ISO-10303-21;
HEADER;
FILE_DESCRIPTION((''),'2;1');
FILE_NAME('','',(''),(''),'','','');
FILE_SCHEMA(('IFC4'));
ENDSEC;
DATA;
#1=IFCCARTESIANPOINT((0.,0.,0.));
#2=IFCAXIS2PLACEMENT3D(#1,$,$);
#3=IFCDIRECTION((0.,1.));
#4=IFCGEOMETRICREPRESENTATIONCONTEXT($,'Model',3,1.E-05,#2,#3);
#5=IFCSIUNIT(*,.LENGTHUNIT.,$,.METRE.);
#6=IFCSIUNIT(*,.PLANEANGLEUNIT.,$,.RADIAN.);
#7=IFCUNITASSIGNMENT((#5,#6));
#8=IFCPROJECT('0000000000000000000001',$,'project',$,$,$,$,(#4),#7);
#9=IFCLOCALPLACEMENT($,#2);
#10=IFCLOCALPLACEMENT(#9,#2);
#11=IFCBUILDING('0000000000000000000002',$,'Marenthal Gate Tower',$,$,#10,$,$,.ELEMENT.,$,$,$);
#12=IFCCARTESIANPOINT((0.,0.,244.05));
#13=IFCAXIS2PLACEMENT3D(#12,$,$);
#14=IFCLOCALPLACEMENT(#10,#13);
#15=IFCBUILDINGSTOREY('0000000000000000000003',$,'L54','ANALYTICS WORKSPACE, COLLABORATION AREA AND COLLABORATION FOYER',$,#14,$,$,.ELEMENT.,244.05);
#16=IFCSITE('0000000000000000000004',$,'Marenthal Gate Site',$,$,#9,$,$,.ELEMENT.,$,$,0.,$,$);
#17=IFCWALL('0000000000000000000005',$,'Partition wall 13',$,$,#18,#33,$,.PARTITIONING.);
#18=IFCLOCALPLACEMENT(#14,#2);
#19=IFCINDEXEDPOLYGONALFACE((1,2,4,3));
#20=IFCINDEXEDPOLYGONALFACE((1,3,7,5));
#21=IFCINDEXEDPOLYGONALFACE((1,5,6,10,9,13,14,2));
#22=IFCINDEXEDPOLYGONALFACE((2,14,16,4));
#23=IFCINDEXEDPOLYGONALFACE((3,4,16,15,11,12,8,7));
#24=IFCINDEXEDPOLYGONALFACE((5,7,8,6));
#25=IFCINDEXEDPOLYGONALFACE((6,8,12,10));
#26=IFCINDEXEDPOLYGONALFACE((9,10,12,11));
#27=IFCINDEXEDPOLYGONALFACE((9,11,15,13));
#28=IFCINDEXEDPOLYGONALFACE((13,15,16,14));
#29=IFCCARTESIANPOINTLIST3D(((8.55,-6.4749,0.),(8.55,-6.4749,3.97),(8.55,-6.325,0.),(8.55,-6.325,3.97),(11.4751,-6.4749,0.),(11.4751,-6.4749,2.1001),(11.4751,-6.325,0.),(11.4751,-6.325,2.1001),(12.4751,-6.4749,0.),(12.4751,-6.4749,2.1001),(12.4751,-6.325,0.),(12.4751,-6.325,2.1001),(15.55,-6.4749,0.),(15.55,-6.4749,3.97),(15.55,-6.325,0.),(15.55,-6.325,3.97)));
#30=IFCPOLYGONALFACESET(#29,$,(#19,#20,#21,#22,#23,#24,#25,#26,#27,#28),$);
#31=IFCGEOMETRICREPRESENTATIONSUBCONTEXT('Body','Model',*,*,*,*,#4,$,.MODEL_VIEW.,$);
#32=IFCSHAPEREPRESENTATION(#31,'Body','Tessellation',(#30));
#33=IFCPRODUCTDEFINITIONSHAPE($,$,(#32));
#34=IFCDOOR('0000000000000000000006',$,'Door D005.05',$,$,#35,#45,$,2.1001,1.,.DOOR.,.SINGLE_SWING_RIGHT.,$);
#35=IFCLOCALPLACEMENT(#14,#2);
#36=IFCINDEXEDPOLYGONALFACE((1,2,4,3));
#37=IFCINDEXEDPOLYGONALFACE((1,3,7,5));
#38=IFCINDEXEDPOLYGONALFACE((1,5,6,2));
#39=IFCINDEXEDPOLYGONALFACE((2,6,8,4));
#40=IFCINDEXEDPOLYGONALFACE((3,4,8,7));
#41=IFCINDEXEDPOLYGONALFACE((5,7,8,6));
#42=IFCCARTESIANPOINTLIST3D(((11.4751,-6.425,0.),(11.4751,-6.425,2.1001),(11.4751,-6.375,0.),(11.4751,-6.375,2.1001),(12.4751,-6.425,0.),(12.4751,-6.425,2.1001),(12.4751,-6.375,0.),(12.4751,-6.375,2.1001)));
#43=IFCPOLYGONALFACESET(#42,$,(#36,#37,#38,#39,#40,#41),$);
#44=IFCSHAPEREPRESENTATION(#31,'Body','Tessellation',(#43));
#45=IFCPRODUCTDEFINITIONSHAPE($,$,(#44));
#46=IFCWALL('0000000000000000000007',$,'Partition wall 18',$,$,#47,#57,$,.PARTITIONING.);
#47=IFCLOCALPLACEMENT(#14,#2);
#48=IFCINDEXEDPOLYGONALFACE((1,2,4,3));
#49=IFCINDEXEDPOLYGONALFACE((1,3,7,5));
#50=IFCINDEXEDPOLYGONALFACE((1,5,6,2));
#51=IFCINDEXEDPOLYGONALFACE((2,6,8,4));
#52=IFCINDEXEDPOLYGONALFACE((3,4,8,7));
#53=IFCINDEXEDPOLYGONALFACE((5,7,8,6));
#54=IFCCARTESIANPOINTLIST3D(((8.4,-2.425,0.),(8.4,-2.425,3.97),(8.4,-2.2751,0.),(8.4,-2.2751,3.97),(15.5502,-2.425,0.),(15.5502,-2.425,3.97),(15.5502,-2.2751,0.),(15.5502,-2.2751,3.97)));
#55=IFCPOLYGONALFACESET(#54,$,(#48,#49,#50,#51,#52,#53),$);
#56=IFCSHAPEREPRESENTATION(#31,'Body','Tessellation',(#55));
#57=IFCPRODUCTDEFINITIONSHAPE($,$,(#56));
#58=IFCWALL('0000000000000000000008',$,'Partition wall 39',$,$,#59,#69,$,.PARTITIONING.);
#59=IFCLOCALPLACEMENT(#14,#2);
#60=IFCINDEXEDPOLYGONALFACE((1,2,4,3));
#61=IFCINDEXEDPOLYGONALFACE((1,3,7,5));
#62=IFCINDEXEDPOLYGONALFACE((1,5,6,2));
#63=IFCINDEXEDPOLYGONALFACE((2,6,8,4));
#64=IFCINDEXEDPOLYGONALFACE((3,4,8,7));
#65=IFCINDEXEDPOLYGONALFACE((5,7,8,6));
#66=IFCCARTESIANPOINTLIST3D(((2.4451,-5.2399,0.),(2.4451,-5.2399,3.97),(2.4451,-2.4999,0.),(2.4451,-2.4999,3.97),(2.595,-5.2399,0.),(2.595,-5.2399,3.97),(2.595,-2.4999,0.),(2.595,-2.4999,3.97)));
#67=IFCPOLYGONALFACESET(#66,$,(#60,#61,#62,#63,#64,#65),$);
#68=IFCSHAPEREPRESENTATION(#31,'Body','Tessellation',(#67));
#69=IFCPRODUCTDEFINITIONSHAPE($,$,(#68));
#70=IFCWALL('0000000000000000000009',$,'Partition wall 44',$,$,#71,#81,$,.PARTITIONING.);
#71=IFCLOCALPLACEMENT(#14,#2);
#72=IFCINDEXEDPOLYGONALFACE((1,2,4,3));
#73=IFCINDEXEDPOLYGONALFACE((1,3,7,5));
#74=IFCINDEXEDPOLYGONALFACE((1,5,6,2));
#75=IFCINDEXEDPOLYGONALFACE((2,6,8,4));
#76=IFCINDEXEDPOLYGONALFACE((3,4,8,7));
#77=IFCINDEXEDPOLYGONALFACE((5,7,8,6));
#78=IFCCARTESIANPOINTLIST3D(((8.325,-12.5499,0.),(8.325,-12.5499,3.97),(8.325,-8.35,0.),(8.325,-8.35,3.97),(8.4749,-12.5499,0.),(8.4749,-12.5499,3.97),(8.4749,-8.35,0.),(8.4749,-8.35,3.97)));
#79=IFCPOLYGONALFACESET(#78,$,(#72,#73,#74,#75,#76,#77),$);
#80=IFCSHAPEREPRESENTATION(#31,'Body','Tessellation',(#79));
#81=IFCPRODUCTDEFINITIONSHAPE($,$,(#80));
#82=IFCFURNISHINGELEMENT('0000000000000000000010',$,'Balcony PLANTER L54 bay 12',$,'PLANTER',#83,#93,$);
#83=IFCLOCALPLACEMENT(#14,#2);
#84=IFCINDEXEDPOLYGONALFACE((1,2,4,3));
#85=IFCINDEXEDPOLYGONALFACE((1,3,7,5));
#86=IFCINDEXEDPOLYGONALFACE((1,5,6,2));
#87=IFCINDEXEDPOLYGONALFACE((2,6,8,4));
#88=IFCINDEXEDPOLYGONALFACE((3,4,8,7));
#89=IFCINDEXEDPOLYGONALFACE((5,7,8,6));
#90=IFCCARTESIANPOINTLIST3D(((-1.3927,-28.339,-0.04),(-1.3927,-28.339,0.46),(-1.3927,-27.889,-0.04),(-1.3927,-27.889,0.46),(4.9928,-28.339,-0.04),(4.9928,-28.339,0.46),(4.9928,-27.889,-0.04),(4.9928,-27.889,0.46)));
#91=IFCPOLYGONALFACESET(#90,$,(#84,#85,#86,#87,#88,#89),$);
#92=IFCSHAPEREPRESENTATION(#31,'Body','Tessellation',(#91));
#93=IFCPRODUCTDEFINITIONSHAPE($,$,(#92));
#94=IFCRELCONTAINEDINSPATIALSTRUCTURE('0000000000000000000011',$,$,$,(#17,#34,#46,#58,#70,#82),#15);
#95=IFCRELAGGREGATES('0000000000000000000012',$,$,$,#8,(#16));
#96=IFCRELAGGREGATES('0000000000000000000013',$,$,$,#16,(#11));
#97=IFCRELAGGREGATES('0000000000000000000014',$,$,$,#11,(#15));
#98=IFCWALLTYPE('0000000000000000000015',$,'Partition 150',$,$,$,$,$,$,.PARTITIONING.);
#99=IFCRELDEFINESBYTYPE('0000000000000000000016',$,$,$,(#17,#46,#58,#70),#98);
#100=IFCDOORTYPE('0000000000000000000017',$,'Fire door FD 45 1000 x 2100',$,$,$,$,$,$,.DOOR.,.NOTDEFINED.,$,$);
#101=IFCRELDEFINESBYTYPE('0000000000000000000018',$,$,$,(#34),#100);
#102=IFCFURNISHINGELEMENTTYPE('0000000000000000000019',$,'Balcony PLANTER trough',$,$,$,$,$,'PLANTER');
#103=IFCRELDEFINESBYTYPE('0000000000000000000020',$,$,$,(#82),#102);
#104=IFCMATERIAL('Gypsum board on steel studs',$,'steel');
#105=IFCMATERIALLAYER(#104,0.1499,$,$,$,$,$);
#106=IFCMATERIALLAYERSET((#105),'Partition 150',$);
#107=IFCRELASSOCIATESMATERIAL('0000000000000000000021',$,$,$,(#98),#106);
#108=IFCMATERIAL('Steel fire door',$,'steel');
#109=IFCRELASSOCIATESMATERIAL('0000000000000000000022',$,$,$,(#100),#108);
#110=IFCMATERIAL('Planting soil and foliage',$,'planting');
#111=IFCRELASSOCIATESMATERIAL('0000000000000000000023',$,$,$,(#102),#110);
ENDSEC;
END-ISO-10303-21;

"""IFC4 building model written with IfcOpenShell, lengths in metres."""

from ifc_helpers import new_model, si_unit, direction, frame, frame_2d, origin, origin_2d, place, context, subcontext, project, spatial, rectangle, extrude, material, layer, layer_set, type_object, element, fill, save


model = new_model("IFC4")

# Units and contexts
model_context = context("Model", 3, precision=1e-05, world=origin(), true_north=direction((0.0, 1.0)))
body_context = subcontext(model_context, "Body", "Model", "MODEL_VIEW")
ifc_project = project(units=[si_unit("LENGTHUNIT", "METRE"), si_unit("PLANEANGLEUNIT", "RADIAN")], contexts=[model_context])

# Site, building, storey
site_placement = place(None, origin())
site = spatial("IfcSite", under=ifc_project, at=site_placement, Name="Marenthal Gate Site", CompositionType="ELEMENT", RefElevation=0.0)
building_placement = place(site_placement, origin())
building = spatial("IfcBuilding", under=site, at=building_placement, Name="Marenthal Gate Tower", CompositionType="ELEMENT")
storey_placement = place(building_placement, frame((0.0, 0.0, 244.05)))
storey = spatial("IfcBuildingStorey", under=building, at=storey_placement, Name="L54", Description="ANALYTICS WORKSPACE, COLLABORATION AREA AND COLLABORATION FOYER", CompositionType="ELEMENT", Elevation=244.05)

# Wall, opening, door
ifc_material_1 = material(Name="Gypsum board on steel studs", Category="steel")
ifc_layer_1 = layer(ifc_material_1, 0.1499)
ifc_layer_set_1 = layer_set([ifc_layer_1], Name="Partition 150")
wall_type_1 = type_object("IfcWallType", Name="Partition 150", PredefinedType="PARTITIONING", material=ifc_layer_set_1)
ifc_material_2 = material(Name="Steel fire door", Category="steel")
door_type = type_object("IfcDoorType", Name="Fire door FD 45 1000 x 2100", OperationType="NOTDEFINED", PredefinedType="DOOR", material=ifc_material_2)
wall_1_placement = place(storey_placement, frame((8.55, -6.3999, 0.0), z_axis=(0.0, 0.0, 1.0), x_axis=(1.0, 0.0, 0.0)))
wall_1 = element("IfcWall", 1, at=wall_1_placement, inside=storey, type_object=wall_type_1, Name="Partition wall 13", PredefinedType="PARTITIONING", context=body_context, shape_type="SweptSolid", body=[
    extrude(rectangle(XDim=7.0, YDim=0.1499, at=frame_2d((3.5, 0.0))), origin(), (0.0, 0.0, 1.0), 3.97),
])
opening_1_placement = place(wall_1_placement, frame((2.925, 0.0, 0.0)))
opening_1 = element("IfcOpeningElement", 2, at=opening_1_placement, cuts=wall_1, PredefinedType="OPENING", context=body_context, shape_type="SweptSolid", body=[
    extrude(rectangle(XDim=1.0, YDim=2.1001, at=frame_2d((0.5, 1.05))), frame((0.0, 0.085, 0.0), z_axis=(0.0, -1.0, 0.0), x_axis=(1.0, 0.0, 0.0)), (0.0, 0.0, 1.0), 0.1699),
])
door_1_placement = place(opening_1_placement, origin())
door_1 = element("IfcDoor", 3, at=door_1_placement, inside=storey, type_object=door_type, Name="Door D005.05", OperationType="SINGLE_SWING_RIGHT", OverallHeight=2.1001, OverallWidth=1.0, PredefinedType="DOOR", context=body_context, shape_type="SweptSolid", body=[
    extrude(rectangle(XDim=1.0, YDim=2.1001, at=frame_2d((0.5, 1.05))), frame((0.0, 0.0249, 0.0), z_axis=(0.0, -1.0, 0.0), x_axis=(1.0, 0.0, 0.0)), (0.0, 0.0, 1.0), 0.05),
])
fill(opening_1, door_1)

# Walls
wall_2_placement = place(storey_placement, frame((8.3999, -2.3501, 0.0), z_axis=(0.0, 0.0, 1.0), x_axis=(1.0, 0.0, 0.0)))
element("IfcWall", 4, at=wall_2_placement, inside=storey, type_object=wall_type_1, Name="Partition wall 18", PredefinedType="PARTITIONING", context=body_context, shape_type="SweptSolid", body=[
    extrude(rectangle(XDim=7.1501, YDim=0.1499, at=frame_2d((3.5752, 0.0))), origin(), (0.0, 0.0, 1.0), 3.97),
])
wall_3_placement = place(storey_placement, frame((2.52, -5.24, 0.0), z_axis=(0.0, 0.0, 1.0), x_axis=(0.0, 1.0, 0.0)))
element("IfcWall", 5, at=wall_3_placement, inside=storey, type_object=wall_type_1, Name="Partition wall 39", PredefinedType="PARTITIONING", context=body_context, shape_type="SweptSolid", body=[
    extrude(rectangle(XDim=2.74, YDim=0.1499, at=frame_2d((1.3701, 0.0))), origin(), (0.0, 0.0, 1.0), 3.97),
])
wall_4_placement = place(storey_placement, frame((8.3999, -12.55, 0.0), z_axis=(0.0, 0.0, 1.0), x_axis=(0.0, 1.0, 0.0)))
element("IfcWall", 6, at=wall_4_placement, inside=storey, type_object=wall_type_1, Name="Partition wall 44", PredefinedType="PARTITIONING", context=body_context, shape_type="SweptSolid", body=[
    extrude(rectangle(XDim=4.2, YDim=0.1499, at=frame_2d((2.1001, 0.0))), origin(), (0.0, 0.0, 1.0), 3.97),
])

# Furnishing element
ifc_material_3 = material(Name="Planting soil and foliage", Category="planting")
furnishing_element_type = type_object("IfcFurnishingElementType", Name="Balcony PLANTER trough", ElementType="PLANTER", material=ifc_material_3)
furnishing_placement = place(storey_placement, frame((1.8, -28.114, -0.04), z_axis=(0.0, 0.0, 1.0), x_axis=(1.0, 0.0, 0.0)))
element("IfcFurnishingElement", 7, at=furnishing_placement, inside=storey, type_object=furnishing_element_type, Name="Balcony PLANTER L54 bay 12", ObjectType="PLANTER", context=body_context, shape_type="SweptSolid", body=[
    extrude(rectangle(XDim=6.3855, YDim=0.45, at=origin_2d()), origin(), (0.0, 0.0, 1.0), 0.5),
])

save(model, "model.ifc")
